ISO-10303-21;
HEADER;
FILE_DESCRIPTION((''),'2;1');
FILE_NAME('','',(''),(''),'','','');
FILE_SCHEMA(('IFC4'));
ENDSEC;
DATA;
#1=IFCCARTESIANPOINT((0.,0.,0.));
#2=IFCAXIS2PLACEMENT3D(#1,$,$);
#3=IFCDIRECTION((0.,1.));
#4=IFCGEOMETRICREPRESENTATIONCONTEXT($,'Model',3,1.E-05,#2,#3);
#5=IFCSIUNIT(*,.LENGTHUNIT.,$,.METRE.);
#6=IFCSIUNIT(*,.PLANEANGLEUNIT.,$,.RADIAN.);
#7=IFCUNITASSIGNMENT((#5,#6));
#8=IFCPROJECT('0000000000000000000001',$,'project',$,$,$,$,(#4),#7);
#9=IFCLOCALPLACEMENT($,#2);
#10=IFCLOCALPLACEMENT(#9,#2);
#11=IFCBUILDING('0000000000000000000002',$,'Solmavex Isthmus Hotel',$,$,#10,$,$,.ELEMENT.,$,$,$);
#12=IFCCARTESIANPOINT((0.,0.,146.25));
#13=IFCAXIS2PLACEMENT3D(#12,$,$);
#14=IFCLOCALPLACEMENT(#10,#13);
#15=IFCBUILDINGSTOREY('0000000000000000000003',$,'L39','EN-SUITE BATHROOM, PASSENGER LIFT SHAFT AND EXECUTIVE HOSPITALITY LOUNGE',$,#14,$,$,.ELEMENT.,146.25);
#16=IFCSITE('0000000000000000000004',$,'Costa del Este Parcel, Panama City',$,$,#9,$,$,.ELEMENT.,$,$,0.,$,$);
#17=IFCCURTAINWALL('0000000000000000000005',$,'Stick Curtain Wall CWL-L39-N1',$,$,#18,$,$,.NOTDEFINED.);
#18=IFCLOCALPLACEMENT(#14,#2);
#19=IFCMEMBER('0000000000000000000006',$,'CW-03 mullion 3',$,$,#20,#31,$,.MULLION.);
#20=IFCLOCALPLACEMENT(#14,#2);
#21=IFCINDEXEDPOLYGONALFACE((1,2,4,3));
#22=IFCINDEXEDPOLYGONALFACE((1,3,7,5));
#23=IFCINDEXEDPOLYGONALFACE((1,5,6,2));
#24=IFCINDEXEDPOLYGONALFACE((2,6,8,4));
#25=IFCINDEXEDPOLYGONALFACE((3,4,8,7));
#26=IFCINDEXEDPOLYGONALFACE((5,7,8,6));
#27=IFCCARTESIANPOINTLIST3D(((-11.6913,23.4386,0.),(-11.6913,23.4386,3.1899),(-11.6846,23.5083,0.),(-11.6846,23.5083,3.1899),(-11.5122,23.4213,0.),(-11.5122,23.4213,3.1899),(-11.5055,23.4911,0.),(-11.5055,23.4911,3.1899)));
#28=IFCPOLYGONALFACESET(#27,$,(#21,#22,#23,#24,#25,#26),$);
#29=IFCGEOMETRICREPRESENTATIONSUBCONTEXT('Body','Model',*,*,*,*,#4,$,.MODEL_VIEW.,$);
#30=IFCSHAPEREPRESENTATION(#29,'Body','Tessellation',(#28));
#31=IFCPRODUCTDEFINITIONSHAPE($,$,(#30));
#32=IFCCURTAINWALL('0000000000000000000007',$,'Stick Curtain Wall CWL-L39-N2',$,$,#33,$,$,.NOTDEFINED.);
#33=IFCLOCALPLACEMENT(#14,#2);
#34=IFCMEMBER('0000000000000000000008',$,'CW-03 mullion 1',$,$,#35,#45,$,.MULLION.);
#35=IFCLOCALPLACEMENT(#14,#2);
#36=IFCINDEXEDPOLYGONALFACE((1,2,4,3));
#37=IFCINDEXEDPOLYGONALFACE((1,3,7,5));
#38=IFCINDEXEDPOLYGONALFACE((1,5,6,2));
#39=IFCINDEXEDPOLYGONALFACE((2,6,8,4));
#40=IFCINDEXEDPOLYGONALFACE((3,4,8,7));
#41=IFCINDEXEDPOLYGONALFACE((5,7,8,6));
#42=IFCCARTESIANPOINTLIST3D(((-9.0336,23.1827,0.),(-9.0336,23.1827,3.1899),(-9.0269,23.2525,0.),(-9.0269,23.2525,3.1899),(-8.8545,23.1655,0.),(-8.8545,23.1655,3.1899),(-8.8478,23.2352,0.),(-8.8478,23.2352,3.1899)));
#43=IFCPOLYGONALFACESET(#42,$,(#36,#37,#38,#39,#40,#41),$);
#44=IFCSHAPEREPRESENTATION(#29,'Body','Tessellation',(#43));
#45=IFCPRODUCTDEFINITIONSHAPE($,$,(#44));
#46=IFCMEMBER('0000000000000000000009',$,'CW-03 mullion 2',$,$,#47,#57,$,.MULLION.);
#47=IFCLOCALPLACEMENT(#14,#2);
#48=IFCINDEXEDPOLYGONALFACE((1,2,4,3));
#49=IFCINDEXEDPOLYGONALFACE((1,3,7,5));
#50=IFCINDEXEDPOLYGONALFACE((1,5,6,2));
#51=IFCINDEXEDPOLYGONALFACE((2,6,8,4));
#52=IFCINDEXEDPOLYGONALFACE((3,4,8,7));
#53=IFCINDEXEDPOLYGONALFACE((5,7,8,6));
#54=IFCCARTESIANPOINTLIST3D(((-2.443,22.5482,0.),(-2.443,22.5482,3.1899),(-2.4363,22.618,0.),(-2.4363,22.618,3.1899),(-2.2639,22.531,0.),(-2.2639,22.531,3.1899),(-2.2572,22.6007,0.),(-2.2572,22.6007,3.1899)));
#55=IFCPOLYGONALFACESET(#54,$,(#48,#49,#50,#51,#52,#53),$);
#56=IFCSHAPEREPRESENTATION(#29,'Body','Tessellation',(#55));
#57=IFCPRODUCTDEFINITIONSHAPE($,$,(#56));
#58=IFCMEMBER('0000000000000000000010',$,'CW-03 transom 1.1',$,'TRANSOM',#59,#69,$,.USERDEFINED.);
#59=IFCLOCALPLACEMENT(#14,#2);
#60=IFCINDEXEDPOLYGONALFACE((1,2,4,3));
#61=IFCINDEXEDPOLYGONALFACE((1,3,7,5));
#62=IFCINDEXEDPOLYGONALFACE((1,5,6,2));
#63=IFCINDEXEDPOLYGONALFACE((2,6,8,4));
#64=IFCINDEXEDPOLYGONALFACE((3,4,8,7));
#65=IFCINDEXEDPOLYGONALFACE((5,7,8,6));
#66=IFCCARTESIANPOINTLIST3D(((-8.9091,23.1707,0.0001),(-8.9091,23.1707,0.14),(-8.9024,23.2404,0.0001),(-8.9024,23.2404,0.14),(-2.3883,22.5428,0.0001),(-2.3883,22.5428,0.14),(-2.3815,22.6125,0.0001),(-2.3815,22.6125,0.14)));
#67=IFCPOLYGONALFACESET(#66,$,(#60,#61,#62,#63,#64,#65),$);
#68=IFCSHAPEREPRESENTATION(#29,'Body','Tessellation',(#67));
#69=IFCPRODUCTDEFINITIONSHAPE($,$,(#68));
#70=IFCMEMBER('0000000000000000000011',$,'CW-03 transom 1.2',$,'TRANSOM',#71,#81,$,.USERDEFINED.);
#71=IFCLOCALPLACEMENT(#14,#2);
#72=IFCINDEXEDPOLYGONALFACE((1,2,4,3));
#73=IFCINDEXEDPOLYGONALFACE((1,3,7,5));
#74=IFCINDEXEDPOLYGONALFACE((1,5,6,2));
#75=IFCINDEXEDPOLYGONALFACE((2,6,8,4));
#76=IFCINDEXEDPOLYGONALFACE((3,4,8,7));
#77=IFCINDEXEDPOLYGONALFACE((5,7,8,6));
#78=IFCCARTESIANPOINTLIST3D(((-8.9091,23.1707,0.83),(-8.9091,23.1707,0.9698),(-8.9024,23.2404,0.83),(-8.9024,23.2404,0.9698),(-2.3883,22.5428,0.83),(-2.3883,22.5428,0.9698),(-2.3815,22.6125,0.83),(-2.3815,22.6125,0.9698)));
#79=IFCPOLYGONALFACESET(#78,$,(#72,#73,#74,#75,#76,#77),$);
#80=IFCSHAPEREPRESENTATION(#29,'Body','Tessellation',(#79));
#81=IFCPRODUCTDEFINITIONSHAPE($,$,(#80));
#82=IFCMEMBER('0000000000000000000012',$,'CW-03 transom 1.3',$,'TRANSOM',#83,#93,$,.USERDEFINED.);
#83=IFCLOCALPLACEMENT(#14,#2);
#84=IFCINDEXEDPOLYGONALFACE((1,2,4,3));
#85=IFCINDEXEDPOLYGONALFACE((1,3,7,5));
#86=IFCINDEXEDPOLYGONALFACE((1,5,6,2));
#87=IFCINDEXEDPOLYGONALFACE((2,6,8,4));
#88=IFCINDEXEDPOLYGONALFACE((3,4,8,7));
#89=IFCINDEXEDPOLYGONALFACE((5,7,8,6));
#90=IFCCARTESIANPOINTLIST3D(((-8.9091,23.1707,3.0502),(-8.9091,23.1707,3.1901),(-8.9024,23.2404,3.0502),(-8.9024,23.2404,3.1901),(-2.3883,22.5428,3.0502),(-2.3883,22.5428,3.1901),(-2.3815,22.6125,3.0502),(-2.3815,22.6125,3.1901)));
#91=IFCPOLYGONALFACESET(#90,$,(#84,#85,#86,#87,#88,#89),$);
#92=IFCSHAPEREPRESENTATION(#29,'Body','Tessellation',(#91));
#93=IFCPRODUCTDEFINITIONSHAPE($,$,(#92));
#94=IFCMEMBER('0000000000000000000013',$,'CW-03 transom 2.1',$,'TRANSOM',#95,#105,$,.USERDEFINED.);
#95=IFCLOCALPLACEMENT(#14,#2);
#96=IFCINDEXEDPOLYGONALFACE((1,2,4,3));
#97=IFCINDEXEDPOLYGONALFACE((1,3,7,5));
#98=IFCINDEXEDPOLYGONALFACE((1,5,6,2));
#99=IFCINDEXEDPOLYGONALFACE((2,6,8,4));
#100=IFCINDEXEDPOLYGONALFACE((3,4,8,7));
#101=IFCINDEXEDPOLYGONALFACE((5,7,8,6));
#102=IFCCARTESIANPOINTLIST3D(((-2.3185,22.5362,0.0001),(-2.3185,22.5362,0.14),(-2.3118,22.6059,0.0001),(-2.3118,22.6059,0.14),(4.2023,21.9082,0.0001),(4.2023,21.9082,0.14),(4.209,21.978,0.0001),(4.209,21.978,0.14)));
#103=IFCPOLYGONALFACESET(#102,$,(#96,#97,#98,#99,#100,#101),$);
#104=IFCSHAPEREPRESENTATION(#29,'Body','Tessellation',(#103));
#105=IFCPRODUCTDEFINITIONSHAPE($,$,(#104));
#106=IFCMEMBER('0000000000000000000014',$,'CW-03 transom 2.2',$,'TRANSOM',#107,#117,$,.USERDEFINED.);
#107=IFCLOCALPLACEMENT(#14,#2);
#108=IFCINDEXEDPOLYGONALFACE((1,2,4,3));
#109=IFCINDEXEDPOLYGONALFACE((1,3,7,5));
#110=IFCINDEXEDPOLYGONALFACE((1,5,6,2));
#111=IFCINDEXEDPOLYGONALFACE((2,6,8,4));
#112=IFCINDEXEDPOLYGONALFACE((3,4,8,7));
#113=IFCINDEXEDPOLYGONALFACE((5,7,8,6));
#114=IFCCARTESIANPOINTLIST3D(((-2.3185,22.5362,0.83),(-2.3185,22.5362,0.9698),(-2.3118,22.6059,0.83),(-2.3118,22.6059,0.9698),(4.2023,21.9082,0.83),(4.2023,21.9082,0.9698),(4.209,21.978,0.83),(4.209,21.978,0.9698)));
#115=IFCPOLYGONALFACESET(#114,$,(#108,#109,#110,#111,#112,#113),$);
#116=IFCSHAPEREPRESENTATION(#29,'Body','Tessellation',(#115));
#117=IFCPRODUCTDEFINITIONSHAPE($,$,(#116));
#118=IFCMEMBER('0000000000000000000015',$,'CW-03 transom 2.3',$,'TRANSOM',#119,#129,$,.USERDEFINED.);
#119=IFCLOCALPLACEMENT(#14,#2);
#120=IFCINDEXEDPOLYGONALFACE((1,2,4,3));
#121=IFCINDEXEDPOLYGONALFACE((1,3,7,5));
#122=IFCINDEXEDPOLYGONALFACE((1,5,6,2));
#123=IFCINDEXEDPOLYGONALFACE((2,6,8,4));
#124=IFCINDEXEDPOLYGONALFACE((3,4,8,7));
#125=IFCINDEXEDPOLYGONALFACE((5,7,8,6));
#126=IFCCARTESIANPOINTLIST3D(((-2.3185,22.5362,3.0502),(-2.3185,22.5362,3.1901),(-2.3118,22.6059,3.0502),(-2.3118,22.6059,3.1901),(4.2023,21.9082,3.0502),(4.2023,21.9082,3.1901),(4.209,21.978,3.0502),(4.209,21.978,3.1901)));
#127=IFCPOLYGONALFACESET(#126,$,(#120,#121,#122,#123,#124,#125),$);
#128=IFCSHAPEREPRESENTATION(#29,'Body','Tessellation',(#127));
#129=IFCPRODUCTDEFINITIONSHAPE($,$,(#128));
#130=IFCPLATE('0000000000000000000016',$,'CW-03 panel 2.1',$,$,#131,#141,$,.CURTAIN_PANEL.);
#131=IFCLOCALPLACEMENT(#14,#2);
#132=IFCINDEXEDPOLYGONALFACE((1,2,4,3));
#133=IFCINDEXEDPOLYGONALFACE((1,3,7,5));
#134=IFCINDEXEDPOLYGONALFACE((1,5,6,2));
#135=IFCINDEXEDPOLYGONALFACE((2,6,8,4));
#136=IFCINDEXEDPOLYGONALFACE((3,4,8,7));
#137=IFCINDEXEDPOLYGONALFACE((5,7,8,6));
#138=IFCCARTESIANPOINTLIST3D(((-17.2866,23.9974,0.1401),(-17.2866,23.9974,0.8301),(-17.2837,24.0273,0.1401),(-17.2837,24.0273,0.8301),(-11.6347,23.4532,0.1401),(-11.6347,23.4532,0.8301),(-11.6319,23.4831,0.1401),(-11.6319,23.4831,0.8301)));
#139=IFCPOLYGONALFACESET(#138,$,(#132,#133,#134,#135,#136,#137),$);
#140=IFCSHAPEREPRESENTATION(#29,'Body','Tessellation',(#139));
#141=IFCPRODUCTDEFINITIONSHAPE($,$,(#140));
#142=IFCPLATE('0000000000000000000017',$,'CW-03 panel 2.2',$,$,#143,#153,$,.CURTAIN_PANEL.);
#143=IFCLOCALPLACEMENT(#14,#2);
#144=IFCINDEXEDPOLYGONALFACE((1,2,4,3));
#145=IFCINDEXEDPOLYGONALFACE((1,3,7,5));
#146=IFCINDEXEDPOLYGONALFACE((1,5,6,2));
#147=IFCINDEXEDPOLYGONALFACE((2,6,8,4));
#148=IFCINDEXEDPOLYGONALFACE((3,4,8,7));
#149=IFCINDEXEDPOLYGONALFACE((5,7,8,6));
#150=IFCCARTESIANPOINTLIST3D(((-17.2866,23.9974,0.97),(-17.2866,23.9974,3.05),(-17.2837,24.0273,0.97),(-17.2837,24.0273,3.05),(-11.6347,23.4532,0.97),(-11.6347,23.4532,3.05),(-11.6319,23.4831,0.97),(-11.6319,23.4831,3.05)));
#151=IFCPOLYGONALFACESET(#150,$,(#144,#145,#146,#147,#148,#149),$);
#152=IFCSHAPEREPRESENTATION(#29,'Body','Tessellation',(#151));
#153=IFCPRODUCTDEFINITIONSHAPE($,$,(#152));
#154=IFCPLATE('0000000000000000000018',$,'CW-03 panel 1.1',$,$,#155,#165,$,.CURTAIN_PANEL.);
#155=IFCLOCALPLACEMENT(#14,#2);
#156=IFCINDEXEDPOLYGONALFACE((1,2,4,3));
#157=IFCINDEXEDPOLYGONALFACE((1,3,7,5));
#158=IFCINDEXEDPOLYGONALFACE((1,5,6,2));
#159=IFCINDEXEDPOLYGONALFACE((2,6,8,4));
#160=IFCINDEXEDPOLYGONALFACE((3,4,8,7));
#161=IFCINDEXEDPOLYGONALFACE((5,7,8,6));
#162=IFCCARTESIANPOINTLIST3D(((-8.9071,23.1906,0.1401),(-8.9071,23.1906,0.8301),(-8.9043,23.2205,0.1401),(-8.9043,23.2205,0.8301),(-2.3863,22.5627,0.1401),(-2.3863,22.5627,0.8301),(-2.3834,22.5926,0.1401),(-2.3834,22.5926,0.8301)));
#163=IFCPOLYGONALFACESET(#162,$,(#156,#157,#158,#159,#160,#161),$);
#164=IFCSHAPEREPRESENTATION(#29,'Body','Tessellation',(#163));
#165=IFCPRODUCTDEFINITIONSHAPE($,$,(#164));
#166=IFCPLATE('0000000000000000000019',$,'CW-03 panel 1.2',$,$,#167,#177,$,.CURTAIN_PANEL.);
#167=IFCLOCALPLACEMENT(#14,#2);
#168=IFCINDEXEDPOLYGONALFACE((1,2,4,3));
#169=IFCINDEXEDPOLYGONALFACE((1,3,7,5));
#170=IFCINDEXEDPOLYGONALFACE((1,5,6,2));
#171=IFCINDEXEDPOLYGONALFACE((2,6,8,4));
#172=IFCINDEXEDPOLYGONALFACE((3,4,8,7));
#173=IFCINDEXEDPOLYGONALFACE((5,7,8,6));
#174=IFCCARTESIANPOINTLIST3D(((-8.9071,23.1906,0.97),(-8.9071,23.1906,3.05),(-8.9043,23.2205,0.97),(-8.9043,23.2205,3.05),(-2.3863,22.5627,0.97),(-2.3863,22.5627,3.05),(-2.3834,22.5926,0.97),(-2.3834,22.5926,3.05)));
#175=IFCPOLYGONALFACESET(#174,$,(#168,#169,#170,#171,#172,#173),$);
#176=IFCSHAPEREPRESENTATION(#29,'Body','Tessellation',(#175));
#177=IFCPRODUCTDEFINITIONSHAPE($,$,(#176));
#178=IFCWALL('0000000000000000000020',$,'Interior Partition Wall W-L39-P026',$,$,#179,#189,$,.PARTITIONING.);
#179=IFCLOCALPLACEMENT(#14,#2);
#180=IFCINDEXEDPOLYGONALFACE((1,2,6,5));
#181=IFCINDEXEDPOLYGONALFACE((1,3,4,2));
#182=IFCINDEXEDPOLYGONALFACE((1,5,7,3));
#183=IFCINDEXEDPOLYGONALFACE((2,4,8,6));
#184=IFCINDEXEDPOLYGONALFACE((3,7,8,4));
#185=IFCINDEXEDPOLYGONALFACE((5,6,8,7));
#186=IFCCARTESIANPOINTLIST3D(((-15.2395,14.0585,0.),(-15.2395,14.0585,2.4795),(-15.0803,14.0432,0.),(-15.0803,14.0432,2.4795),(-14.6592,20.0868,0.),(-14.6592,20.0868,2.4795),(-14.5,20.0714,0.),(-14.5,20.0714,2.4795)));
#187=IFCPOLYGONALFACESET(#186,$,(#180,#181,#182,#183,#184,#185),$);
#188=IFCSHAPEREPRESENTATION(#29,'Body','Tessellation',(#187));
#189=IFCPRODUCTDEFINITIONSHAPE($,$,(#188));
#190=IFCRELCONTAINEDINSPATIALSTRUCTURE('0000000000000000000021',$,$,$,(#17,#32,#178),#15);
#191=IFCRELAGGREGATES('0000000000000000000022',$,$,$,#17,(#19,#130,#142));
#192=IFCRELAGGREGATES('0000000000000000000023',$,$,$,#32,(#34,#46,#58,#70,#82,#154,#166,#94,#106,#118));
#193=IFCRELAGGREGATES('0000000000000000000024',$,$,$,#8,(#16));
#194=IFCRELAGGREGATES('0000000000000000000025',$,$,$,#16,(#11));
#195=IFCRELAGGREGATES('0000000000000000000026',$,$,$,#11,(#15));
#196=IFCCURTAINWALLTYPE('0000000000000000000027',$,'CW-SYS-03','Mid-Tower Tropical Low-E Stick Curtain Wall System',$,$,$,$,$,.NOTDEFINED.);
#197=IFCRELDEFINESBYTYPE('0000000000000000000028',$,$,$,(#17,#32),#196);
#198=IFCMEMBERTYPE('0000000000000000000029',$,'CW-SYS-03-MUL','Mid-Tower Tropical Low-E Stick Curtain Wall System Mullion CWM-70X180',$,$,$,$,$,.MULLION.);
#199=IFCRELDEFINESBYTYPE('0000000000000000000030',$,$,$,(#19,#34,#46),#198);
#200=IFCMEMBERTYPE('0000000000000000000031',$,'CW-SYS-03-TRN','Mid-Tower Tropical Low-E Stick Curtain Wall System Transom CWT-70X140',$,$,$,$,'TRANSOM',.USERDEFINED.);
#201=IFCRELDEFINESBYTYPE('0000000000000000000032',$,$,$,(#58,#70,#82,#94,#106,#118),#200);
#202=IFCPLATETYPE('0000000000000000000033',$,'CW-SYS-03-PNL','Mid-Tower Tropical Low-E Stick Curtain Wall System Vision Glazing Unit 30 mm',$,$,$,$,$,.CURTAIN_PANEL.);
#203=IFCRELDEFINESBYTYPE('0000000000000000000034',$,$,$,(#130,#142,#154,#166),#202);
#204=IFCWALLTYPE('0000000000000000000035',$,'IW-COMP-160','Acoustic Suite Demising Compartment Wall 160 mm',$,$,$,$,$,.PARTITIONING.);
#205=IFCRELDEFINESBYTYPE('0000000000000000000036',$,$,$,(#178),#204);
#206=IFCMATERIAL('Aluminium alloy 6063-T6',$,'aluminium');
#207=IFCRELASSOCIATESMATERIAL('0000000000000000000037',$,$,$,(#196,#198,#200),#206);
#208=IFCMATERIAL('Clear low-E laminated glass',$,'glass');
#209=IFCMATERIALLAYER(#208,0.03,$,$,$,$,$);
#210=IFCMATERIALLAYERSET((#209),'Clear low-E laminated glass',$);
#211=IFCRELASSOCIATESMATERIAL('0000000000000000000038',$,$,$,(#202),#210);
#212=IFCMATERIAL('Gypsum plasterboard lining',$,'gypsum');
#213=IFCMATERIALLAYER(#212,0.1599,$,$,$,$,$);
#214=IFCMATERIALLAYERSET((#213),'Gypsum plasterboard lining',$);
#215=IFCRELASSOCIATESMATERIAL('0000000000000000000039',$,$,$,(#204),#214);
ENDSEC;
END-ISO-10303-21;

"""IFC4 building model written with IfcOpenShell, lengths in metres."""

from ifc_helpers import new_model, si_unit, direction, frame, frame_2d, origin, origin_2d, place, context, subcontext, project, spatial, rectangle, extrude, material, layer, layer_set, material_profile, profile_set, type_object, element, aggregate, save


model = new_model("IFC4")

# Units and contexts
model_context = context("Model", 3, precision=1e-05, world=origin(), true_north=direction((0.0, 1.0)))
body_context = subcontext(model_context, "Body", "Model", "MODEL_VIEW")
ifc_project = project(units=[si_unit("LENGTHUNIT", "METRE"), si_unit("PLANEANGLEUNIT", "RADIAN")], contexts=[model_context])

# Site, building, storey
site_placement = place(None, origin())
site = spatial("IfcSite", under=ifc_project, at=site_placement, Name="Costa del Este Parcel, Panama City", CompositionType="ELEMENT", RefElevation=0.0)
building_placement = place(site_placement, origin())
building = spatial("IfcBuilding", under=site, at=building_placement, Name="Solmavex Isthmus Hotel", CompositionType="ELEMENT")
storey_placement = place(building_placement, frame((0.0, 0.0, 146.25)))
storey = spatial("IfcBuildingStorey", under=building, at=storey_placement, Name="L39", Description="EN-SUITE BATHROOM, PASSENGER LIFT SHAFT AND EXECUTIVE HOSPITALITY LOUNGE", CompositionType="ELEMENT", Elevation=146.25)

# Curtain wall, member
ifc_material_1 = material(Name="Aluminium alloy 6063-T6", Category="aluminium")
curtain_wall_type = type_object("IfcCurtainWallType", Name="CW-SYS-03", Description="Mid-Tower Tropical Low-E Stick Curtain Wall System", PredefinedType="NOTDEFINED", material=ifc_material_1)
curtain_wall_1_placement = place(storey_placement, origin())
curtain_wall_1 = element("IfcCurtainWall", 1, at=curtain_wall_1_placement, inside=storey, type_object=curtain_wall_type, Name="Stick Curtain Wall CWL-L39-N1", PredefinedType="NOTDEFINED")
ifc_material_profile_1 = material_profile(ifc_material_1, rectangle(XDim=0.0701, YDim=0.1799, at=origin_2d()), Name="CWM-70X180")
ifc_profile_set_1 = profile_set([ifc_material_profile_1], Name="Aluminium alloy 6063-T6")
member_type_1 = type_object("IfcMemberType", Name="CW-SYS-03-MUL", Description="Mid-Tower Tropical Low-E Stick Curtain Wall System Mullion CWM-70X180", PredefinedType="MULLION", material=ifc_profile_set_1)
member_1_placement = place(storey_placement, frame((-11.5984, 23.4648, 0.0), z_axis=(0.0, 0.0, 1.0), x_axis=(0.095846, 0.995396, 0.0)))
member_1 = element("IfcMember", 2, at=member_1_placement, type_object=member_type_1, Name="CW-03 mullion 3", PredefinedType="MULLION", context=body_context, shape_type="SweptSolid", body=[
    extrude(rectangle(XDim=0.0701, YDim=0.1799, at=origin_2d()), origin(), (0.0, 0.0, 1.0), 3.1899),
])

# Curtain wall, members
curtain_wall_2_placement = place(storey_placement, origin())
curtain_wall_2 = element("IfcCurtainWall", 3, at=curtain_wall_2_placement, inside=storey, type_object=curtain_wall_type, Name="Stick Curtain Wall CWL-L39-N2", PredefinedType="NOTDEFINED")
member_2_placement = place(storey_placement, frame((-8.9407, 23.209, 0.0), z_axis=(0.0, 0.0, 1.0), x_axis=(0.095845, 0.995396, 0.0)))
member_2 = element("IfcMember", 4, at=member_2_placement, type_object=member_type_1, Name="CW-03 mullion 1", PredefinedType="MULLION", context=body_context, shape_type="SweptSolid", body=[
    extrude(rectangle(XDim=0.0701, YDim=0.1799, at=origin_2d()), origin(), (0.0, 0.0, 1.0), 3.1899),
])
member_3_placement = place(storey_placement, frame((-2.3501, 22.5745, 0.0), z_axis=(0.0, 0.0, 1.0), x_axis=(0.095845, 0.995396, 0.0)))
member_3 = element("IfcMember", 5, at=member_3_placement, type_object=member_type_1, Name="CW-03 mullion 2", PredefinedType="MULLION", context=body_context, shape_type="SweptSolid", body=[
    extrude(rectangle(XDim=0.0701, YDim=0.1799, at=origin_2d()), origin(), (0.0, 0.0, 1.0), 3.1899),
])
ifc_material_profile_2 = material_profile(ifc_material_1, rectangle(XDim=0.0701, YDim=0.1399, at=origin_2d()), Name="CWT-70X140")
ifc_profile_set_2 = profile_set([ifc_material_profile_2], Name="Aluminium alloy 6063-T6")
member_type_2 = type_object("IfcMemberType", Name="CW-SYS-03-TRN", Description="Mid-Tower Tropical Low-E Stick Curtain Wall System Transom CWT-70X140", ElementType="TRANSOM", PredefinedType="USERDEFINED", material=ifc_profile_set_2)
member_4_placement = place(storey_placement, frame((-8.9058, 23.2056, 0.0701), z_axis=(0.995395, -0.095854, 0.0), x_axis=(0.095854, 0.995395, 0.0)))
member_4 = element("IfcMember", 6, at=member_4_placement, type_object=member_type_2, Name="CW-03 transom 1.1", ObjectType="TRANSOM", PredefinedType="USERDEFINED", context=body_context, shape_type="SweptSolid", body=[
    extrude(rectangle(XDim=0.0701, YDim=0.1399, at=origin_2d()), origin(), (0.0, 0.0, 1.0), 6.551),
])
member_5_placement = place(storey_placement, frame((-8.9058, 23.2056, 0.8999), z_axis=(0.995395, -0.095854, 0.0), x_axis=(0.095854, 0.995395, 0.0)))
member_5 = element("IfcMember", 7, at=member_5_placement, type_object=member_type_2, Name="CW-03 transom 1.2", ObjectType="TRANSOM", PredefinedType="USERDEFINED", context=body_context, shape_type="SweptSolid", body=[
    extrude(rectangle(XDim=0.0701, YDim=0.1399, at=origin_2d()), origin(), (0.0, 0.0, 1.0), 6.551),
])
member_6_placement = place(storey_placement, frame((-8.9058, 23.2056, 3.1201), z_axis=(0.995395, -0.095854, 0.0), x_axis=(0.095854, 0.995395, 0.0)))
member_6 = element("IfcMember", 8, at=member_6_placement, type_object=member_type_2, Name="CW-03 transom 1.3", ObjectType="TRANSOM", PredefinedType="USERDEFINED", context=body_context, shape_type="SweptSolid", body=[
    extrude(rectangle(XDim=0.0701, YDim=0.1399, at=origin_2d()), origin(), (0.0, 0.0, 1.0), 6.551),
])
member_7_placement = place(storey_placement, frame((-2.3152, 22.571, 0.0701), z_axis=(0.995395, -0.095854, 0.0), x_axis=(0.095854, 0.995395, 0.0)))
member_7 = element("IfcMember", 9, at=member_7_placement, type_object=member_type_2, Name="CW-03 transom 2.1", ObjectType="TRANSOM", PredefinedType="USERDEFINED", context=body_context, shape_type="SweptSolid", body=[
    extrude(rectangle(XDim=0.0701, YDim=0.1399, at=origin_2d()), origin(), (0.0, 0.0, 1.0), 6.551),
])
member_8_placement = place(storey_placement, frame((-2.3152, 22.571, 0.8999), z_axis=(0.995395, -0.095854, 0.0), x_axis=(0.095854, 0.995395, 0.0)))
member_8 = element("IfcMember", 10, at=member_8_placement, type_object=member_type_2, Name="CW-03 transom 2.2", ObjectType="TRANSOM", PredefinedType="USERDEFINED", context=body_context, shape_type="SweptSolid", body=[
    extrude(rectangle(XDim=0.0701, YDim=0.1399, at=origin_2d()), origin(), (0.0, 0.0, 1.0), 6.551),
])
member_9_placement = place(storey_placement, frame((-2.3152, 22.571, 3.1201), z_axis=(0.995395, -0.095854, 0.0), x_axis=(0.095854, 0.995395, 0.0)))
member_9 = element("IfcMember", 11, at=member_9_placement, type_object=member_type_2, Name="CW-03 transom 2.3", ObjectType="TRANSOM", PredefinedType="USERDEFINED", context=body_context, shape_type="SweptSolid", body=[
    extrude(rectangle(XDim=0.0701, YDim=0.1399, at=origin_2d()), origin(), (0.0, 0.0, 1.0), 6.551),
])

# Plates
ifc_material_2 = material(Name="Clear low-E laminated glass", Category="glass")
ifc_layer_1 = layer(ifc_material_2, 0.03)
ifc_layer_set_1 = layer_set([ifc_layer_1], Name="Clear low-E laminated glass")
plate_type = type_object("IfcPlateType", Name="CW-SYS-03-PNL", Description="Mid-Tower Tropical Low-E Stick Curtain Wall System Vision Glazing Unit 30 mm", PredefinedType="CURTAIN_PANEL", material=ifc_layer_set_1)
plate_1_placement = place(storey_placement, frame((-14.4592, 23.7402, 0.1401), z_axis=(0.0, 0.0, 1.0), x_axis=(0.995396, -0.095846, 0.0)))
plate_1 = element("IfcPlate", 12, at=plate_1_placement, type_object=plate_type, Name="CW-03 panel 2.1", PredefinedType="CURTAIN_PANEL", context=body_context, shape_type="SweptSolid", body=[
    extrude(rectangle(XDim=5.678, YDim=0.03, at=origin_2d()), origin(), (0.0, 0.0, 1.0), 0.6899),
])
plate_2_placement = place(storey_placement, frame((-14.4592, 23.7402, 0.97), z_axis=(0.0, 0.0, 1.0), x_axis=(0.995396, -0.095846, 0.0)))
plate_2 = element("IfcPlate", 13, at=plate_2_placement, type_object=plate_type, Name="CW-03 panel 2.2", PredefinedType="CURTAIN_PANEL", context=body_context, shape_type="SweptSolid", body=[
    extrude(rectangle(XDim=5.678, YDim=0.03, at=origin_2d()), origin(), (0.0, 0.0, 1.0), 2.0801),
])
aggregate(curtain_wall_1, [member_1, plate_1, plate_2])
plate_3_placement = place(storey_placement, frame((-5.6453, 22.8916, 0.1401), z_axis=(0.0, 0.0, 1.0), x_axis=(0.995396, -0.095845, 0.0)))
plate_3 = element("IfcPlate", 14, at=plate_3_placement, type_object=plate_type, Name="CW-03 panel 1.1", PredefinedType="CURTAIN_PANEL", context=body_context, shape_type="SweptSolid", body=[
    extrude(rectangle(XDim=6.551, YDim=0.03, at=origin_2d()), origin(), (0.0, 0.0, 1.0), 0.6899),
])
plate_4_placement = place(storey_placement, frame((-5.6453, 22.8916, 0.97), z_axis=(0.0, 0.0, 1.0), x_axis=(0.995396, -0.095845, 0.0)))
plate_4 = element("IfcPlate", 15, at=plate_4_placement, type_object=plate_type, Name="CW-03 panel 1.2", PredefinedType="CURTAIN_PANEL", context=body_context, shape_type="SweptSolid", body=[
    extrude(rectangle(XDim=6.551, YDim=0.03, at=origin_2d()), origin(), (0.0, 0.0, 1.0), 2.0801),
])
aggregate(curtain_wall_2, [member_2, member_3, member_4, member_5, member_6, plate_3, plate_4, member_7, member_8, member_9])

# Wall
ifc_material_3 = material(Name="Gypsum plasterboard lining", Category="gypsum")
ifc_layer_2 = layer(ifc_material_3, 0.1599)
ifc_layer_set_2 = layer_set([ifc_layer_2], Name="Gypsum plasterboard lining")
wall_type_1 = type_object("IfcWallType", Name="IW-COMP-160", Description="Acoustic Suite Demising Compartment Wall 160 mm", PredefinedType="PARTITIONING", material=ifc_layer_set_2)
wall_1_placement = place(storey_placement, frame((-14.5796, 20.0791, 0.0), z_axis=(0.0, 0.0, 1.0), x_axis=(-0.095823, -0.995398, 0.0)))
element("IfcWall", 16, at=wall_1_placement, inside=storey, type_object=wall_type_1, Name="Interior Partition Wall W-L39-P026", PredefinedType="PARTITIONING", context=body_context, shape_type="SweptSolid", body=[
    extrude(rectangle(XDim=6.0562, YDim=0.1599, at=frame_2d((3.0281, 0.0))), origin(), (0.0, 0.0, 1.0), 2.4795),
])

save(model, "model.ifc")
